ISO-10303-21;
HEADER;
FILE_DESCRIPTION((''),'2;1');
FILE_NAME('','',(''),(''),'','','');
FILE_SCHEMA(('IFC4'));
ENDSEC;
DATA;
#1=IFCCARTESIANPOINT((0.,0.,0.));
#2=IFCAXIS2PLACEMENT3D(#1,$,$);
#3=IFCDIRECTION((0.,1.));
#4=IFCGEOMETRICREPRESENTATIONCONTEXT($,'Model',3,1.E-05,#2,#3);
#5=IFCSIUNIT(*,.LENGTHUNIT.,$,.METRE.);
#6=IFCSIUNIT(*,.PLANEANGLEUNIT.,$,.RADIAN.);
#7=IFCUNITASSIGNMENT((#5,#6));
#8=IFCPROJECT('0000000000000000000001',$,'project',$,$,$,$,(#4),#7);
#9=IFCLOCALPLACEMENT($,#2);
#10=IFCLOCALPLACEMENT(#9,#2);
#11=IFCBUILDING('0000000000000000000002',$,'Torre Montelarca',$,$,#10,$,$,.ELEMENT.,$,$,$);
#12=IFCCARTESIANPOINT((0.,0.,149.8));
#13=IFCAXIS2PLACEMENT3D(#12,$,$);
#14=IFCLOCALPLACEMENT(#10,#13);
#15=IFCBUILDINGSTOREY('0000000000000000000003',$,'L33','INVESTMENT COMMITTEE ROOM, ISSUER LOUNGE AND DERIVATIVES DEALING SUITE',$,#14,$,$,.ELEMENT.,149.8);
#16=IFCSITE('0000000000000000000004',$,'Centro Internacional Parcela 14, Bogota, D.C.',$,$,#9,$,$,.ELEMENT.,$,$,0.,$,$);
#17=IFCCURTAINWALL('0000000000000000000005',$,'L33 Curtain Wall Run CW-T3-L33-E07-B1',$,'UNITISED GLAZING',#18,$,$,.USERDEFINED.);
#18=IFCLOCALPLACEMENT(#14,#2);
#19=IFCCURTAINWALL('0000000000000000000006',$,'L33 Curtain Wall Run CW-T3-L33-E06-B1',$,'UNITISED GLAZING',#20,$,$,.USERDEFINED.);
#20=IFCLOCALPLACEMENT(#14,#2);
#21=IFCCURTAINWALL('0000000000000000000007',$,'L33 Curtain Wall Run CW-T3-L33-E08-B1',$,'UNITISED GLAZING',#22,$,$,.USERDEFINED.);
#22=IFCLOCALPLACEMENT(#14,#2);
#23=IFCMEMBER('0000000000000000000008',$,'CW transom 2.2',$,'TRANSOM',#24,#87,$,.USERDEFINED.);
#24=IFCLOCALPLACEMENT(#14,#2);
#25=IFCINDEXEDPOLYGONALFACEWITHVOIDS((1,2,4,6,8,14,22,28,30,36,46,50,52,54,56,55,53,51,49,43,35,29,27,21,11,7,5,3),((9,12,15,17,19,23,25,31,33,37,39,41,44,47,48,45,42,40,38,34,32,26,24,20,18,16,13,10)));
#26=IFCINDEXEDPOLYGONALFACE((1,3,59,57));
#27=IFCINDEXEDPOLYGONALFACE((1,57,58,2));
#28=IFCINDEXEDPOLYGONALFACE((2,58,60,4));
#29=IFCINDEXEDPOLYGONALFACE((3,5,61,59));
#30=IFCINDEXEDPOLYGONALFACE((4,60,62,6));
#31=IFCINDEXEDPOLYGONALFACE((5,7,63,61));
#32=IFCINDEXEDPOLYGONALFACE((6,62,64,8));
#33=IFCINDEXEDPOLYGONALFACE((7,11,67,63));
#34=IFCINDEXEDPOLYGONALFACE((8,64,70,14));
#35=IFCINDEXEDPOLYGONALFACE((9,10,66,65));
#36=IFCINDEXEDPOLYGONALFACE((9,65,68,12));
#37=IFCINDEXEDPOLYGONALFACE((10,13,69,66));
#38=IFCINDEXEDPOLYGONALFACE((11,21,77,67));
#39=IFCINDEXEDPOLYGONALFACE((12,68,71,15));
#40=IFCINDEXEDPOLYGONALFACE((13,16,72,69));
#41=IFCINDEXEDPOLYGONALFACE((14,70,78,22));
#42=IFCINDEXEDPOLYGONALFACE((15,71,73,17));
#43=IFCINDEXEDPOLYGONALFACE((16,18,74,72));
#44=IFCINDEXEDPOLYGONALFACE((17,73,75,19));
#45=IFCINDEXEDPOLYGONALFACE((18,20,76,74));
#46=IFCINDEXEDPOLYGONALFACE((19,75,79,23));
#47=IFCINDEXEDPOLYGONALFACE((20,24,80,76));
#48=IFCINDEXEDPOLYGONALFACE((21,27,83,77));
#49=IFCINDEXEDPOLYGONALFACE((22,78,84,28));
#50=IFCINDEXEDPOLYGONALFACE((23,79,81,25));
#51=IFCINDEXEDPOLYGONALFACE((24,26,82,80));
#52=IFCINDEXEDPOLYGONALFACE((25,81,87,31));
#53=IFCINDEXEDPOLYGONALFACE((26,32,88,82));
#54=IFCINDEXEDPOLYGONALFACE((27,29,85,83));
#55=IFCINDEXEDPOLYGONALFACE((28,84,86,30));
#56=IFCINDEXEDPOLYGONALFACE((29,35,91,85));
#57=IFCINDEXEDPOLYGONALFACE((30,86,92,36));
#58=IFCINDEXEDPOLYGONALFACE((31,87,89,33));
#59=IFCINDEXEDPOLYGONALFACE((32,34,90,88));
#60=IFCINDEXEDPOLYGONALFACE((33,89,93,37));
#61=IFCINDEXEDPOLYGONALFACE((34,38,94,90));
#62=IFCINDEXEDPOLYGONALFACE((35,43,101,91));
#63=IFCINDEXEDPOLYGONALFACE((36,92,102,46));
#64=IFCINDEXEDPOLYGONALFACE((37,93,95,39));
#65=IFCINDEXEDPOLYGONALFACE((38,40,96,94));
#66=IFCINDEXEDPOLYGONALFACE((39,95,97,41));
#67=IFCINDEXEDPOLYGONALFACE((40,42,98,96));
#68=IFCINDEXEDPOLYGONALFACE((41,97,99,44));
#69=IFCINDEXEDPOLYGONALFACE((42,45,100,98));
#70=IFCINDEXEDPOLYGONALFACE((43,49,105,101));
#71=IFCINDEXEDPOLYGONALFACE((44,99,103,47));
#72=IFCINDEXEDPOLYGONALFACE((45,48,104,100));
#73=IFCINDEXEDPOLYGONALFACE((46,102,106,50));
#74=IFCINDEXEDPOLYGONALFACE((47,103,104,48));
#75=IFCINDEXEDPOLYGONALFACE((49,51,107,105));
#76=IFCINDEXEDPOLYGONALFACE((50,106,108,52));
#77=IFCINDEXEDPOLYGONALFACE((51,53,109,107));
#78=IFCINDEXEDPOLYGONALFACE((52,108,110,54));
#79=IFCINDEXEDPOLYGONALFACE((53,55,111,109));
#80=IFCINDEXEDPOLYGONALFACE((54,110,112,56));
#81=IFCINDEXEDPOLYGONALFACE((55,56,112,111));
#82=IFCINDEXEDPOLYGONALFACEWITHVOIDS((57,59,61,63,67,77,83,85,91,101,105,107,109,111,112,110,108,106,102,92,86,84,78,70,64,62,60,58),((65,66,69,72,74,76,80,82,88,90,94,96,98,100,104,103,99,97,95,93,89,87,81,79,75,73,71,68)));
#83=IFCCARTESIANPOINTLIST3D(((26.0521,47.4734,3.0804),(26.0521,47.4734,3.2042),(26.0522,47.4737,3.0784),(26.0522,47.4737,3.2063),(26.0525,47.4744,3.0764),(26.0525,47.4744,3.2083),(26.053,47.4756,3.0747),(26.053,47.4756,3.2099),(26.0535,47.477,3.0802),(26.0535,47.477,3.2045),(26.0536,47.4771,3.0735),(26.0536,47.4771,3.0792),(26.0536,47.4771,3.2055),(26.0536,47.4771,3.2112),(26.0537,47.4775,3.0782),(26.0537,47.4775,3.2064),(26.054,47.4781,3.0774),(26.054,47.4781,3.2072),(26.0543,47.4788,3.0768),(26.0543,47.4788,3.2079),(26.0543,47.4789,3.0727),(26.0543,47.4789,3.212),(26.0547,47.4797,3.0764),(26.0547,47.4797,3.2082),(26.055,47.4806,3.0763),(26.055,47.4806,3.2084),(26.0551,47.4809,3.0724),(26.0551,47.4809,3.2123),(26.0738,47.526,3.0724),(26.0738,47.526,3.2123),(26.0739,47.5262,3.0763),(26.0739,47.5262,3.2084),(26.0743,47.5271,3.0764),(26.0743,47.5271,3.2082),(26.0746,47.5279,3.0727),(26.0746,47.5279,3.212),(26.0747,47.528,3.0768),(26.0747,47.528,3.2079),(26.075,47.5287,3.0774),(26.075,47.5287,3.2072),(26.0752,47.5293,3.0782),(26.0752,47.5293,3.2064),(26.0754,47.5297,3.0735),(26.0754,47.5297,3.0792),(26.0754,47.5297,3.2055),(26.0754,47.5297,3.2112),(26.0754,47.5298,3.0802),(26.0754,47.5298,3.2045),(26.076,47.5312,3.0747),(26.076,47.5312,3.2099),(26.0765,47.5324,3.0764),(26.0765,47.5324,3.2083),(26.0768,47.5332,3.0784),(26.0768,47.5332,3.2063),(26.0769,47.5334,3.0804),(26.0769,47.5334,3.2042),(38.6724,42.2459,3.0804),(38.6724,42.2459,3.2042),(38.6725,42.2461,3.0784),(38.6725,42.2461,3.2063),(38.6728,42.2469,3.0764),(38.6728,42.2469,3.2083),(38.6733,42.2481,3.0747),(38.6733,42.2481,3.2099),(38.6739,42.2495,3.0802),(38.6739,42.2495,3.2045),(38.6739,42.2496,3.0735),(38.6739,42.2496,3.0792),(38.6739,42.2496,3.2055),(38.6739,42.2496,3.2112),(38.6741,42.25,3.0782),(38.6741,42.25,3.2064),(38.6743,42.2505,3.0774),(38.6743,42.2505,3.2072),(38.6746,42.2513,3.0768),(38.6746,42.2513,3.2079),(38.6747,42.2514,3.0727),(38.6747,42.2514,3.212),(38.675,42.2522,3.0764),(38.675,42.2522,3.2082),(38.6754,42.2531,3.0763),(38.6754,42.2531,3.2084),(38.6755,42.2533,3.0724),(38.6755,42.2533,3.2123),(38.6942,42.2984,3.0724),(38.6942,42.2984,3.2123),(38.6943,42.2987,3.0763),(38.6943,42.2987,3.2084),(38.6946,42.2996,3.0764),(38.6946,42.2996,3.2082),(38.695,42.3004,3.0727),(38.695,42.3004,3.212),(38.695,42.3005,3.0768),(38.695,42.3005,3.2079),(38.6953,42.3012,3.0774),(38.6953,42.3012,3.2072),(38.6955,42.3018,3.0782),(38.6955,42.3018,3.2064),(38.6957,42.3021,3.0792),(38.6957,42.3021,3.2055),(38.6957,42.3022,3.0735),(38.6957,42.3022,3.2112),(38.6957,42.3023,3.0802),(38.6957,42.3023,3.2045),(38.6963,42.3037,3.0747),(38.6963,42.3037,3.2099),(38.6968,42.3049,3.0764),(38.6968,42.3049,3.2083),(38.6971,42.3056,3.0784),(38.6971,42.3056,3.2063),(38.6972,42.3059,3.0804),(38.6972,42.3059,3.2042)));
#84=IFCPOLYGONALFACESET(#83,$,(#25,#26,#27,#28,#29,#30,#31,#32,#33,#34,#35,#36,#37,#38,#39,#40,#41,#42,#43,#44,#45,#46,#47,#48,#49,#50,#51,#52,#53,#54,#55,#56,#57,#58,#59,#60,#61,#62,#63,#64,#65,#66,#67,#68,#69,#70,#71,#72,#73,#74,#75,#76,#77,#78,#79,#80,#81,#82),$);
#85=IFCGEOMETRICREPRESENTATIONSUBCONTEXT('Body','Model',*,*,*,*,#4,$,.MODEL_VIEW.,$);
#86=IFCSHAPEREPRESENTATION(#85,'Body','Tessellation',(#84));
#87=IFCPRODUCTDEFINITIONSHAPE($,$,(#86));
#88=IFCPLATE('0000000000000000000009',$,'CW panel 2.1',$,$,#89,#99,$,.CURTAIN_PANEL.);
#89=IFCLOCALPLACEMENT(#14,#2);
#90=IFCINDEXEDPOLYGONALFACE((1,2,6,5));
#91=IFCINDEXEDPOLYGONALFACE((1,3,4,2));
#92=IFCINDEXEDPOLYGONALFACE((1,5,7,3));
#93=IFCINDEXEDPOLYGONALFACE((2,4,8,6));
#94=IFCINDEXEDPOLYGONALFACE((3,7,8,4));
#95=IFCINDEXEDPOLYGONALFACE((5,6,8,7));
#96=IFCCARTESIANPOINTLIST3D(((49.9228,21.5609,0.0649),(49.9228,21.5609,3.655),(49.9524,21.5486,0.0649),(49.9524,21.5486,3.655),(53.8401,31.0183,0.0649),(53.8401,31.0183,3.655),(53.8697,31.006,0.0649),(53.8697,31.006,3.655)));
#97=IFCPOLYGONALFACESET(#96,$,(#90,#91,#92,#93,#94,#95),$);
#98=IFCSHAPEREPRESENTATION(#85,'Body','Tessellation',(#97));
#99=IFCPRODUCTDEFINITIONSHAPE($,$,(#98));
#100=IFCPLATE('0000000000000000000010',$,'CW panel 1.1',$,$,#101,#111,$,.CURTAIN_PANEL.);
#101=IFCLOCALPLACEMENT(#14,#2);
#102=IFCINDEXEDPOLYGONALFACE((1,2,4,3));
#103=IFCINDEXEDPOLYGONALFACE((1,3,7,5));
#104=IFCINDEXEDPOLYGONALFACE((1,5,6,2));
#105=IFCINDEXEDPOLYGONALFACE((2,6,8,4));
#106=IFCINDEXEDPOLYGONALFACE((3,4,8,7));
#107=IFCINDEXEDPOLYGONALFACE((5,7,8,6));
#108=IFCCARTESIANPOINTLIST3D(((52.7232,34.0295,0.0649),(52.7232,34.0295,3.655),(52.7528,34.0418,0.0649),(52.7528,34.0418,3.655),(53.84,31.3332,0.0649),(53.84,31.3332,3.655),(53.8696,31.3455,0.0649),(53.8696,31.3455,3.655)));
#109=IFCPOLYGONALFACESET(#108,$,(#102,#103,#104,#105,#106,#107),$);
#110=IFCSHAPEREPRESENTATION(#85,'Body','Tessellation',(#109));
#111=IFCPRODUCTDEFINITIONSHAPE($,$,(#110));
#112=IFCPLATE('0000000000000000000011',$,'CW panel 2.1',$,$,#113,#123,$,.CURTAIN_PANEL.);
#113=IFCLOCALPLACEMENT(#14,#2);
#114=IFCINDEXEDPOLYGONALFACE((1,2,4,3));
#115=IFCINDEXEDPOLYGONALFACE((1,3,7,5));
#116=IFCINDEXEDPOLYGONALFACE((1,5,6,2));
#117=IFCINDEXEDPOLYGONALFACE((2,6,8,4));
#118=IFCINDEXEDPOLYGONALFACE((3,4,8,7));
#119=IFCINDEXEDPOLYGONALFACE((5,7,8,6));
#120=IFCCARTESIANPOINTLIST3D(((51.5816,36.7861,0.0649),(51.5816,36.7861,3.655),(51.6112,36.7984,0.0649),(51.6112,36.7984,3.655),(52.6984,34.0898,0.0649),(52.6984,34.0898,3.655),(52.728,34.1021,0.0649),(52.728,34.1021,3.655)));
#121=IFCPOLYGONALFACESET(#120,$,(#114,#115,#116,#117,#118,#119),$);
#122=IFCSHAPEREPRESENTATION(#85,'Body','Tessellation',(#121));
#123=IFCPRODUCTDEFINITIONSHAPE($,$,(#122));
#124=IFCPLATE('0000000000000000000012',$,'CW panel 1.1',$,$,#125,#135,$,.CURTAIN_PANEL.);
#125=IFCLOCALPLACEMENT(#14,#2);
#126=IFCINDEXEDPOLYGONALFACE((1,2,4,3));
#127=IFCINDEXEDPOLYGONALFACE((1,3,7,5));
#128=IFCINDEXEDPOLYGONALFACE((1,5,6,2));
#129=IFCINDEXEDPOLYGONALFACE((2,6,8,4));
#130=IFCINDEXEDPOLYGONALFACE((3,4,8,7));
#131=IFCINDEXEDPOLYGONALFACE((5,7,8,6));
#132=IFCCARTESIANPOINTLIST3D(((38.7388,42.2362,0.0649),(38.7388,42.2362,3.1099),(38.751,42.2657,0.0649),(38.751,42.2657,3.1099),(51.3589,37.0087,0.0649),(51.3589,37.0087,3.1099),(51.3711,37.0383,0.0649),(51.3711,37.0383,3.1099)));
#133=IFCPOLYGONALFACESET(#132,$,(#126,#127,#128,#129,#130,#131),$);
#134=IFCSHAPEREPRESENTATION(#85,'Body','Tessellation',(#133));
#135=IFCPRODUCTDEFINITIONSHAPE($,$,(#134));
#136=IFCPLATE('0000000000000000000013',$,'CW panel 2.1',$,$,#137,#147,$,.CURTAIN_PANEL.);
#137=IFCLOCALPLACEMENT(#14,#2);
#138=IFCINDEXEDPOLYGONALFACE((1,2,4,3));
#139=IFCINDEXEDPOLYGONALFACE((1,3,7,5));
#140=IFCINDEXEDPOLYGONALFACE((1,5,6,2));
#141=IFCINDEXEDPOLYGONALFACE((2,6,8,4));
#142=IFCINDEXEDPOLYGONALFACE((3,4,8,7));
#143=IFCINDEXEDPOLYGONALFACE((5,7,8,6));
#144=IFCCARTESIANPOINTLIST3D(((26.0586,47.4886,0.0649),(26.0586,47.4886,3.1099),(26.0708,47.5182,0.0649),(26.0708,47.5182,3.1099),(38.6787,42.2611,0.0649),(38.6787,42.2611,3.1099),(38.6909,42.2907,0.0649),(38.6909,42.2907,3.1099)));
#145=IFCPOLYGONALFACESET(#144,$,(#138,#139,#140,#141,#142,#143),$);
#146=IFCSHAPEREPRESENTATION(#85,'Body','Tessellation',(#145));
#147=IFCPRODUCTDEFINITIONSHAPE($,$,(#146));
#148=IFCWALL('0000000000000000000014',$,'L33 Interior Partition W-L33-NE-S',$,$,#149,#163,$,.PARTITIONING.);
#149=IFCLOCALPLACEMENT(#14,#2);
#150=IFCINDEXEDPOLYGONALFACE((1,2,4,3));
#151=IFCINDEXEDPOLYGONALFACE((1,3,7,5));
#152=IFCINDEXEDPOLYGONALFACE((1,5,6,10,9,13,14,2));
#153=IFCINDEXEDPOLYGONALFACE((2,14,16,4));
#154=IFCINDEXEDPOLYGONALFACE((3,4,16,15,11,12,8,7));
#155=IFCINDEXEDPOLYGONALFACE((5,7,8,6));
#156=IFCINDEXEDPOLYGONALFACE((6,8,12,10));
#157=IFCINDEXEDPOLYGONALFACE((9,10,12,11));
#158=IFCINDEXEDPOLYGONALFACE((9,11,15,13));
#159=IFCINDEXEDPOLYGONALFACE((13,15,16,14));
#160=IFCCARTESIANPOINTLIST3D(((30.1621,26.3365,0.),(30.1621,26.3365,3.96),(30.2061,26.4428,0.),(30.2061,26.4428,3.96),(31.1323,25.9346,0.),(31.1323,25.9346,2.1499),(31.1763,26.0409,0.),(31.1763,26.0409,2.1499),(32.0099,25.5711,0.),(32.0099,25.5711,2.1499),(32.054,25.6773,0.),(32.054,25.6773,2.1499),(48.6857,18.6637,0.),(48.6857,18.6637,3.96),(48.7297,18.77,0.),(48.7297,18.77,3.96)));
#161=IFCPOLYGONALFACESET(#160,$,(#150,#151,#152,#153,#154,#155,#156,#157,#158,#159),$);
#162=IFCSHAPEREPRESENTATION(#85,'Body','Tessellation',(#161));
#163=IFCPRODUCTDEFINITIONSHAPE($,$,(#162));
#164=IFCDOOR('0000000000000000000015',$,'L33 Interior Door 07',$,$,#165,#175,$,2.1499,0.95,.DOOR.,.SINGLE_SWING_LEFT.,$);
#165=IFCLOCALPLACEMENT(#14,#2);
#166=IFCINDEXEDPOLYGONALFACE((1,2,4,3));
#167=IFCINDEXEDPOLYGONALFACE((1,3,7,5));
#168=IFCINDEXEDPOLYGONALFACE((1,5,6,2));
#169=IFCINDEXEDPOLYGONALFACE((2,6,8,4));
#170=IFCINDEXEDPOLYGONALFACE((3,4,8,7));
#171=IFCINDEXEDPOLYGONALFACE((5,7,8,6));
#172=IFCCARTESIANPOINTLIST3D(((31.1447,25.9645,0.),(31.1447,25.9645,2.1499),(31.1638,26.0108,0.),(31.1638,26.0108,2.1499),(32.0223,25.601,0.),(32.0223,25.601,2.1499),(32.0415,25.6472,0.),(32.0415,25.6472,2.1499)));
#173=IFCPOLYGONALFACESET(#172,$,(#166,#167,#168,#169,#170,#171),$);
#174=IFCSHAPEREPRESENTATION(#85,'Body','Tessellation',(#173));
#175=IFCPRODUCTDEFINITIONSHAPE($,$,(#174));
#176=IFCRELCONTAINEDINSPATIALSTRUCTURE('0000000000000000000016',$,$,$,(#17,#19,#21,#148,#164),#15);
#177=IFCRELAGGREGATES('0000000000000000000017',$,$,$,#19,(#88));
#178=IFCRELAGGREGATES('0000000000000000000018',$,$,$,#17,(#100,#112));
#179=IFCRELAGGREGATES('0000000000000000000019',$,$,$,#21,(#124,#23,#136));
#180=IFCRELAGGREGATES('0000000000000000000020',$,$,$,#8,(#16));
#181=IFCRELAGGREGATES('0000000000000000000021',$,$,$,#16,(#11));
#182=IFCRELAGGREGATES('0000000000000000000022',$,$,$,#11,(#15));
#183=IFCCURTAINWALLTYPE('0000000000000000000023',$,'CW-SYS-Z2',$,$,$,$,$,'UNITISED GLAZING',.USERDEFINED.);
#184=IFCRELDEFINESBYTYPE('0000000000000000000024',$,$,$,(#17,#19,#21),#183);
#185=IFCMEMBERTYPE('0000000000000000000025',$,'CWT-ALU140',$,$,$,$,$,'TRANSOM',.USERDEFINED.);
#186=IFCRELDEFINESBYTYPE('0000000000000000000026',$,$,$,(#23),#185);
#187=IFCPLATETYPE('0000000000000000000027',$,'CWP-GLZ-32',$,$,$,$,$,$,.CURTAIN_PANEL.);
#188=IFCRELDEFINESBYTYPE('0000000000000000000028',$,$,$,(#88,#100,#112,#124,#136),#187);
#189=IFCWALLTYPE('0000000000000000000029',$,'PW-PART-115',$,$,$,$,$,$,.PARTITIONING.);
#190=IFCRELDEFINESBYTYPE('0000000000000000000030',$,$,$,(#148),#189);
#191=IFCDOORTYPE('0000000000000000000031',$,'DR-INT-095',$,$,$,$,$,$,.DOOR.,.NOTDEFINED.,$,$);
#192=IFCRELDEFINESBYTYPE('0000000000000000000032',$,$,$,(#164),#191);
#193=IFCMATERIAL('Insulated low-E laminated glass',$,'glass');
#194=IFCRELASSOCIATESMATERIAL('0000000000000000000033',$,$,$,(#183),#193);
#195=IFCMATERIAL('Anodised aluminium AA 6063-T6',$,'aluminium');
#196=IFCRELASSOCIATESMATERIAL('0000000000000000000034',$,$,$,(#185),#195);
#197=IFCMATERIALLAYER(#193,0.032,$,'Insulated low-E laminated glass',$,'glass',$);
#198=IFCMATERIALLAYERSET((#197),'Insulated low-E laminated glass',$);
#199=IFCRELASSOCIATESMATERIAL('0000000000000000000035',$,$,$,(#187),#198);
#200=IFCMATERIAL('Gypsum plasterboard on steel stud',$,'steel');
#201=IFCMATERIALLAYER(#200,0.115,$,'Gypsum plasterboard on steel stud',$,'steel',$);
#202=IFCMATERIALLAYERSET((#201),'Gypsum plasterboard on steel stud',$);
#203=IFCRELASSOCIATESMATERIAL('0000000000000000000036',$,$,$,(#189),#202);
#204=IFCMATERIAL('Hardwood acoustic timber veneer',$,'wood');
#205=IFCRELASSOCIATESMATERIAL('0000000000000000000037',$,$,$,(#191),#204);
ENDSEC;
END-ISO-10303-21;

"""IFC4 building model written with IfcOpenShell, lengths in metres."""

from ifc_helpers import new_model, si_unit, direction, frame, frame_2d, origin, origin_2d, place, context, subcontext, project, spatial, rectangle, hollow_rectangle, extrude, source, transform, mapped, material, layer, layer_set, material_profile, profile_set, type_object, element, fill, aggregate, save


model = new_model("IFC4")

# Units and contexts
model_context = context("Model", 3, precision=1e-05, world=origin(), true_north=direction((0.0, 1.0)))
body_context = subcontext(model_context, "Body", "Model", "MODEL_VIEW")
ifc_project = project(units=[si_unit("LENGTHUNIT", "METRE"), si_unit("PLANEANGLEUNIT", "RADIAN")], contexts=[model_context])

# Site, building, storey
site_placement = place(None, origin())
site = spatial("IfcSite", under=ifc_project, at=site_placement, Name="Centro Internacional Parcela 14, Bogota, D.C.", CompositionType="ELEMENT", RefElevation=0.0)
building_placement = place(site_placement, origin())
building = spatial("IfcBuilding", under=site, at=building_placement, Name="Torre Montelarca", CompositionType="ELEMENT")
storey_placement = place(building_placement, frame((0.0, 0.0, 149.8)))
storey = spatial("IfcBuildingStorey", under=building, at=storey_placement, Name="L33", Description="INVESTMENT COMMITTEE ROOM, ISSUER LOUNGE AND DERIVATIVES DEALING SUITE", CompositionType="ELEMENT", Elevation=149.8)

# Curtain wall
ifc_material_1 = material(Name="Insulated low-E laminated glass", Category="glass")
curtain_wall_type = type_object("IfcCurtainWallType", Name="CW-SYS-Z2", ElementType="UNITISED GLAZING", PredefinedType="USERDEFINED", material=ifc_material_1)
curtain_wall_1_placement = place(storey_placement, origin())
curtain_wall_1 = element("IfcCurtainWall", 1, at=curtain_wall_1_placement, inside=storey, type_object=curtain_wall_type, Name="L33 Curtain Wall Run CW-T3-L33-E07-B1", ObjectType="UNITISED GLAZING", PredefinedType="USERDEFINED")
ifc_material_2 = material(Name="Anodised aluminium AA 6063-T6", Category="aluminium")
ifc_material_profile_1 = material_profile(ifc_material_2, hollow_rectangle(XDim=0.0649, YDim=0.1399, WallThickness=0.0039, InnerFilletRadius=0.0039, OuterFilletRadius=0.0081, at=origin_2d()), Name="ALU65X140X4", Category="aluminium")
ifc_profile_set_1 = profile_set([ifc_material_profile_1], Name="Anodised aluminium AA 6063-T6")
member_type_1 = type_object("IfcMemberType", Name="CWT-ALU140", ElementType="TRANSOM", PredefinedType="USERDEFINED", material=ifc_profile_set_1)

# Curtain wall
curtain_wall_2_placement = place(storey_placement, origin())
curtain_wall_2 = element("IfcCurtainWall", 2, at=curtain_wall_2_placement, inside=storey, type_object=curtain_wall_type, Name="L33 Curtain Wall Run CW-T3-L33-E06-B1", ObjectType="UNITISED GLAZING", PredefinedType="USERDEFINED")

# Curtain wall, member
curtain_wall_3_placement = place(storey_placement, origin())
curtain_wall_3 = element("IfcCurtainWall", 3, at=curtain_wall_3_placement, inside=storey, type_object=curtain_wall_type, Name="L33 Curtain Wall Run CW-T3-L33-E08-B1", ObjectType="UNITISED GLAZING", PredefinedType="USERDEFINED")
shared_shape_1 = source(origin(), body_context, "Body", "SweptSolid", [
    extrude(hollow_rectangle(XDim=0.0649, YDim=0.1399, WallThickness=0.0039, InnerFilletRadius=0.0039, OuterFilletRadius=0.0081, at=origin_2d()), origin(), (0.0, 0.0, 1.0), 13.6602),
])
member_1_placement = place(storey_placement, frame((38.6848, 42.2759, 3.1423), z_axis=(-0.923879, 0.382684, 0.0), x_axis=(-0.382684, -0.923879, 0.0)))
member_1 = element("IfcMember", 4, at=member_1_placement, type_object=member_type_1, Name="CW transom 2.2", ObjectType="TRANSOM", PredefinedType="USERDEFINED", context=body_context, shape_type="MappedRepresentation", body=[
    mapped(shared_shape_1, transform((0.0, 0.0, 0.0), scale=1.0)),
])

# Plates
ifc_layer_1 = layer(ifc_material_1, 0.032, Name="Insulated low-E laminated glass", Category="glass")
ifc_layer_set_1 = layer_set([ifc_layer_1], Name="Insulated low-E laminated glass")
plate_type = type_object("IfcPlateType", Name="CWP-GLZ-32", PredefinedType="CURTAIN_PANEL", material=ifc_layer_set_1)
shared_shape_2 = source(origin(), body_context, "Body", "SweptSolid", [
    extrude(rectangle(XDim=10.2366, YDim=0.032, at=origin_2d()), origin(), (0.0, 0.0, 1.0), 3.5901),
])
plate_1_placement = place(storey_placement, frame((51.8962, 26.2834, 0.0649), z_axis=(0.0, 0.0, 1.0), x_axis=(0.382679, 0.923881, 0.0)))
plate_1 = element("IfcPlate", 5, at=plate_1_placement, type_object=plate_type, Name="CW panel 2.1", PredefinedType="CURTAIN_PANEL", context=body_context, shape_type="MappedRepresentation", body=[
    mapped(shared_shape_2, transform((0.0, 0.0, 0.0), scale=1.0)),
])
aggregate(curtain_wall_2, [plate_1])
shared_shape_3 = source(origin(), body_context, "Body", "SweptSolid", [
    extrude(rectangle(XDim=2.9185, YDim=0.032, at=origin_2d()), origin(), (0.0, 0.0, 1.0), 3.5901),
])
plate_2_placement = place(storey_placement, frame((53.2964, 32.6875, 0.0649), z_axis=(0.0, 0.0, 1.0), x_axis=(-0.382668, 0.923886, 0.0)))
plate_2 = element("IfcPlate", 6, at=plate_2_placement, type_object=plate_type, Name="CW panel 1.1", PredefinedType="CURTAIN_PANEL", context=body_context, shape_type="MappedRepresentation", body=[
    mapped(shared_shape_3, transform((0.0, 0.0, 0.0), scale=1.0)),
])
plate_3_placement = place(storey_placement, frame((52.1548, 35.4441, 0.0649), z_axis=(0.0, 0.0, 1.0), x_axis=(-0.382668, 0.923886, 0.0)))
plate_3 = element("IfcPlate", 7, at=plate_3_placement, type_object=plate_type, Name="CW panel 2.1", PredefinedType="CURTAIN_PANEL", context=body_context, shape_type="MappedRepresentation", body=[
    mapped(shared_shape_3, transform((0.0, 0.0, 0.0), scale=1.0)),
])
aggregate(curtain_wall_1, [plate_2, plate_3])
shared_shape_4 = source(origin(), body_context, "Body", "SweptSolid", [
    extrude(rectangle(XDim=13.6599, YDim=0.032, at=origin_2d()), origin(), (0.0, 0.0, 1.0), 3.0449),
])
plate_4_placement = place(storey_placement, frame((45.0549, 39.6372, 0.0649), z_axis=(0.0, 0.0, 1.0), x_axis=(-0.923878, 0.382686, 0.0)))
plate_4 = element("IfcPlate", 8, at=plate_4_placement, type_object=plate_type, Name="CW panel 1.1", PredefinedType="CURTAIN_PANEL", context=body_context, shape_type="MappedRepresentation", body=[
    mapped(shared_shape_4, transform((0.0, 0.0, 0.0), scale=1.0)),
])
plate_5_placement = place(storey_placement, frame((32.3748, 44.8896, 0.0649), z_axis=(0.0, 0.0, 1.0), x_axis=(-0.923878, 0.382686, 0.0)))
plate_5 = element("IfcPlate", 9, at=plate_5_placement, type_object=plate_type, Name="CW panel 2.1", PredefinedType="CURTAIN_PANEL", context=body_context, shape_type="MappedRepresentation", body=[
    mapped(shared_shape_4, transform((0.0, 0.0, 0.0), scale=1.0)),
])
aggregate(curtain_wall_3, [plate_4, member_1, plate_5])

# Wall, opening, door
ifc_material_3 = material(Name="Gypsum plasterboard on steel stud", Category="steel")
ifc_layer_2 = layer(ifc_material_3, 0.115, Name="Gypsum plasterboard on steel stud", Category="steel")
ifc_layer_set_2 = layer_set([ifc_layer_2], Name="Gypsum plasterboard on steel stud")
wall_type = type_object("IfcWallType", Name="PW-PART-115", PredefinedType="PARTITIONING", material=ifc_layer_set_2)
wall_placement = place(storey_placement, frame((30.1841, 26.3896, 0.0), z_axis=(0.0, 0.0, 1.0), x_axis=(0.923878, -0.382687, 0.0)))
wall = element("IfcWall", 10, at=wall_placement, inside=storey, type_object=wall_type, Name="L33 Interior Partition W-L33-NE-S", PredefinedType="PARTITIONING", context=body_context, shape_type="SweptSolid", body=[
    extrude(rectangle(XDim=20.0498, YDim=0.115, at=frame_2d((10.0249, 0.0))), origin(), (0.0, 0.0, 1.0), 3.96),
])
opening_placement = place(wall_placement, frame((1.05, 0.0, 0.0)))
opening = element("IfcOpeningElement", 11, at=opening_placement, cuts=wall, PredefinedType="OPENING", context=body_context, shape_type="SweptSolid", body=[
    extrude(rectangle(XDim=0.95, YDim=2.1499, at=frame_2d((0.4751, 1.075))), frame((0.0, 0.0674, 0.0), z_axis=(0.0, -1.0, 0.0), x_axis=(1.0, 0.0, 0.0)), (0.0, 0.0, 1.0), 0.135),
])
ifc_material_4 = material(Name="Hardwood acoustic timber veneer", Category="wood")
door_type = type_object("IfcDoorType", Name="DR-INT-095", OperationType="NOTDEFINED", PredefinedType="DOOR", material=ifc_material_4)
shared_shape_5 = source(origin(), body_context, "Body", "SweptSolid", [
    extrude(rectangle(XDim=0.95, YDim=2.1499, at=frame_2d((0.4751, 1.075))), frame((0.0, 0.0249, 0.0), z_axis=(0.0, -1.0, 0.0), x_axis=(1.0, 0.0, 0.0)), (0.0, 0.0, 1.0), 0.05),
])
door_placement = place(opening_placement, origin())
door = element("IfcDoor", 12, at=door_placement, inside=storey, type_object=door_type, Name="L33 Interior Door 07", OperationType="SINGLE_SWING_LEFT", OverallHeight=2.1499, OverallWidth=0.95, PredefinedType="DOOR", context=body_context, shape_type="MappedRepresentation", body=[
    mapped(shared_shape_5, transform((0.0, 0.0, 0.0), scale=1.0)),
])
fill(opening, door)

save(model, "model.ifc")
